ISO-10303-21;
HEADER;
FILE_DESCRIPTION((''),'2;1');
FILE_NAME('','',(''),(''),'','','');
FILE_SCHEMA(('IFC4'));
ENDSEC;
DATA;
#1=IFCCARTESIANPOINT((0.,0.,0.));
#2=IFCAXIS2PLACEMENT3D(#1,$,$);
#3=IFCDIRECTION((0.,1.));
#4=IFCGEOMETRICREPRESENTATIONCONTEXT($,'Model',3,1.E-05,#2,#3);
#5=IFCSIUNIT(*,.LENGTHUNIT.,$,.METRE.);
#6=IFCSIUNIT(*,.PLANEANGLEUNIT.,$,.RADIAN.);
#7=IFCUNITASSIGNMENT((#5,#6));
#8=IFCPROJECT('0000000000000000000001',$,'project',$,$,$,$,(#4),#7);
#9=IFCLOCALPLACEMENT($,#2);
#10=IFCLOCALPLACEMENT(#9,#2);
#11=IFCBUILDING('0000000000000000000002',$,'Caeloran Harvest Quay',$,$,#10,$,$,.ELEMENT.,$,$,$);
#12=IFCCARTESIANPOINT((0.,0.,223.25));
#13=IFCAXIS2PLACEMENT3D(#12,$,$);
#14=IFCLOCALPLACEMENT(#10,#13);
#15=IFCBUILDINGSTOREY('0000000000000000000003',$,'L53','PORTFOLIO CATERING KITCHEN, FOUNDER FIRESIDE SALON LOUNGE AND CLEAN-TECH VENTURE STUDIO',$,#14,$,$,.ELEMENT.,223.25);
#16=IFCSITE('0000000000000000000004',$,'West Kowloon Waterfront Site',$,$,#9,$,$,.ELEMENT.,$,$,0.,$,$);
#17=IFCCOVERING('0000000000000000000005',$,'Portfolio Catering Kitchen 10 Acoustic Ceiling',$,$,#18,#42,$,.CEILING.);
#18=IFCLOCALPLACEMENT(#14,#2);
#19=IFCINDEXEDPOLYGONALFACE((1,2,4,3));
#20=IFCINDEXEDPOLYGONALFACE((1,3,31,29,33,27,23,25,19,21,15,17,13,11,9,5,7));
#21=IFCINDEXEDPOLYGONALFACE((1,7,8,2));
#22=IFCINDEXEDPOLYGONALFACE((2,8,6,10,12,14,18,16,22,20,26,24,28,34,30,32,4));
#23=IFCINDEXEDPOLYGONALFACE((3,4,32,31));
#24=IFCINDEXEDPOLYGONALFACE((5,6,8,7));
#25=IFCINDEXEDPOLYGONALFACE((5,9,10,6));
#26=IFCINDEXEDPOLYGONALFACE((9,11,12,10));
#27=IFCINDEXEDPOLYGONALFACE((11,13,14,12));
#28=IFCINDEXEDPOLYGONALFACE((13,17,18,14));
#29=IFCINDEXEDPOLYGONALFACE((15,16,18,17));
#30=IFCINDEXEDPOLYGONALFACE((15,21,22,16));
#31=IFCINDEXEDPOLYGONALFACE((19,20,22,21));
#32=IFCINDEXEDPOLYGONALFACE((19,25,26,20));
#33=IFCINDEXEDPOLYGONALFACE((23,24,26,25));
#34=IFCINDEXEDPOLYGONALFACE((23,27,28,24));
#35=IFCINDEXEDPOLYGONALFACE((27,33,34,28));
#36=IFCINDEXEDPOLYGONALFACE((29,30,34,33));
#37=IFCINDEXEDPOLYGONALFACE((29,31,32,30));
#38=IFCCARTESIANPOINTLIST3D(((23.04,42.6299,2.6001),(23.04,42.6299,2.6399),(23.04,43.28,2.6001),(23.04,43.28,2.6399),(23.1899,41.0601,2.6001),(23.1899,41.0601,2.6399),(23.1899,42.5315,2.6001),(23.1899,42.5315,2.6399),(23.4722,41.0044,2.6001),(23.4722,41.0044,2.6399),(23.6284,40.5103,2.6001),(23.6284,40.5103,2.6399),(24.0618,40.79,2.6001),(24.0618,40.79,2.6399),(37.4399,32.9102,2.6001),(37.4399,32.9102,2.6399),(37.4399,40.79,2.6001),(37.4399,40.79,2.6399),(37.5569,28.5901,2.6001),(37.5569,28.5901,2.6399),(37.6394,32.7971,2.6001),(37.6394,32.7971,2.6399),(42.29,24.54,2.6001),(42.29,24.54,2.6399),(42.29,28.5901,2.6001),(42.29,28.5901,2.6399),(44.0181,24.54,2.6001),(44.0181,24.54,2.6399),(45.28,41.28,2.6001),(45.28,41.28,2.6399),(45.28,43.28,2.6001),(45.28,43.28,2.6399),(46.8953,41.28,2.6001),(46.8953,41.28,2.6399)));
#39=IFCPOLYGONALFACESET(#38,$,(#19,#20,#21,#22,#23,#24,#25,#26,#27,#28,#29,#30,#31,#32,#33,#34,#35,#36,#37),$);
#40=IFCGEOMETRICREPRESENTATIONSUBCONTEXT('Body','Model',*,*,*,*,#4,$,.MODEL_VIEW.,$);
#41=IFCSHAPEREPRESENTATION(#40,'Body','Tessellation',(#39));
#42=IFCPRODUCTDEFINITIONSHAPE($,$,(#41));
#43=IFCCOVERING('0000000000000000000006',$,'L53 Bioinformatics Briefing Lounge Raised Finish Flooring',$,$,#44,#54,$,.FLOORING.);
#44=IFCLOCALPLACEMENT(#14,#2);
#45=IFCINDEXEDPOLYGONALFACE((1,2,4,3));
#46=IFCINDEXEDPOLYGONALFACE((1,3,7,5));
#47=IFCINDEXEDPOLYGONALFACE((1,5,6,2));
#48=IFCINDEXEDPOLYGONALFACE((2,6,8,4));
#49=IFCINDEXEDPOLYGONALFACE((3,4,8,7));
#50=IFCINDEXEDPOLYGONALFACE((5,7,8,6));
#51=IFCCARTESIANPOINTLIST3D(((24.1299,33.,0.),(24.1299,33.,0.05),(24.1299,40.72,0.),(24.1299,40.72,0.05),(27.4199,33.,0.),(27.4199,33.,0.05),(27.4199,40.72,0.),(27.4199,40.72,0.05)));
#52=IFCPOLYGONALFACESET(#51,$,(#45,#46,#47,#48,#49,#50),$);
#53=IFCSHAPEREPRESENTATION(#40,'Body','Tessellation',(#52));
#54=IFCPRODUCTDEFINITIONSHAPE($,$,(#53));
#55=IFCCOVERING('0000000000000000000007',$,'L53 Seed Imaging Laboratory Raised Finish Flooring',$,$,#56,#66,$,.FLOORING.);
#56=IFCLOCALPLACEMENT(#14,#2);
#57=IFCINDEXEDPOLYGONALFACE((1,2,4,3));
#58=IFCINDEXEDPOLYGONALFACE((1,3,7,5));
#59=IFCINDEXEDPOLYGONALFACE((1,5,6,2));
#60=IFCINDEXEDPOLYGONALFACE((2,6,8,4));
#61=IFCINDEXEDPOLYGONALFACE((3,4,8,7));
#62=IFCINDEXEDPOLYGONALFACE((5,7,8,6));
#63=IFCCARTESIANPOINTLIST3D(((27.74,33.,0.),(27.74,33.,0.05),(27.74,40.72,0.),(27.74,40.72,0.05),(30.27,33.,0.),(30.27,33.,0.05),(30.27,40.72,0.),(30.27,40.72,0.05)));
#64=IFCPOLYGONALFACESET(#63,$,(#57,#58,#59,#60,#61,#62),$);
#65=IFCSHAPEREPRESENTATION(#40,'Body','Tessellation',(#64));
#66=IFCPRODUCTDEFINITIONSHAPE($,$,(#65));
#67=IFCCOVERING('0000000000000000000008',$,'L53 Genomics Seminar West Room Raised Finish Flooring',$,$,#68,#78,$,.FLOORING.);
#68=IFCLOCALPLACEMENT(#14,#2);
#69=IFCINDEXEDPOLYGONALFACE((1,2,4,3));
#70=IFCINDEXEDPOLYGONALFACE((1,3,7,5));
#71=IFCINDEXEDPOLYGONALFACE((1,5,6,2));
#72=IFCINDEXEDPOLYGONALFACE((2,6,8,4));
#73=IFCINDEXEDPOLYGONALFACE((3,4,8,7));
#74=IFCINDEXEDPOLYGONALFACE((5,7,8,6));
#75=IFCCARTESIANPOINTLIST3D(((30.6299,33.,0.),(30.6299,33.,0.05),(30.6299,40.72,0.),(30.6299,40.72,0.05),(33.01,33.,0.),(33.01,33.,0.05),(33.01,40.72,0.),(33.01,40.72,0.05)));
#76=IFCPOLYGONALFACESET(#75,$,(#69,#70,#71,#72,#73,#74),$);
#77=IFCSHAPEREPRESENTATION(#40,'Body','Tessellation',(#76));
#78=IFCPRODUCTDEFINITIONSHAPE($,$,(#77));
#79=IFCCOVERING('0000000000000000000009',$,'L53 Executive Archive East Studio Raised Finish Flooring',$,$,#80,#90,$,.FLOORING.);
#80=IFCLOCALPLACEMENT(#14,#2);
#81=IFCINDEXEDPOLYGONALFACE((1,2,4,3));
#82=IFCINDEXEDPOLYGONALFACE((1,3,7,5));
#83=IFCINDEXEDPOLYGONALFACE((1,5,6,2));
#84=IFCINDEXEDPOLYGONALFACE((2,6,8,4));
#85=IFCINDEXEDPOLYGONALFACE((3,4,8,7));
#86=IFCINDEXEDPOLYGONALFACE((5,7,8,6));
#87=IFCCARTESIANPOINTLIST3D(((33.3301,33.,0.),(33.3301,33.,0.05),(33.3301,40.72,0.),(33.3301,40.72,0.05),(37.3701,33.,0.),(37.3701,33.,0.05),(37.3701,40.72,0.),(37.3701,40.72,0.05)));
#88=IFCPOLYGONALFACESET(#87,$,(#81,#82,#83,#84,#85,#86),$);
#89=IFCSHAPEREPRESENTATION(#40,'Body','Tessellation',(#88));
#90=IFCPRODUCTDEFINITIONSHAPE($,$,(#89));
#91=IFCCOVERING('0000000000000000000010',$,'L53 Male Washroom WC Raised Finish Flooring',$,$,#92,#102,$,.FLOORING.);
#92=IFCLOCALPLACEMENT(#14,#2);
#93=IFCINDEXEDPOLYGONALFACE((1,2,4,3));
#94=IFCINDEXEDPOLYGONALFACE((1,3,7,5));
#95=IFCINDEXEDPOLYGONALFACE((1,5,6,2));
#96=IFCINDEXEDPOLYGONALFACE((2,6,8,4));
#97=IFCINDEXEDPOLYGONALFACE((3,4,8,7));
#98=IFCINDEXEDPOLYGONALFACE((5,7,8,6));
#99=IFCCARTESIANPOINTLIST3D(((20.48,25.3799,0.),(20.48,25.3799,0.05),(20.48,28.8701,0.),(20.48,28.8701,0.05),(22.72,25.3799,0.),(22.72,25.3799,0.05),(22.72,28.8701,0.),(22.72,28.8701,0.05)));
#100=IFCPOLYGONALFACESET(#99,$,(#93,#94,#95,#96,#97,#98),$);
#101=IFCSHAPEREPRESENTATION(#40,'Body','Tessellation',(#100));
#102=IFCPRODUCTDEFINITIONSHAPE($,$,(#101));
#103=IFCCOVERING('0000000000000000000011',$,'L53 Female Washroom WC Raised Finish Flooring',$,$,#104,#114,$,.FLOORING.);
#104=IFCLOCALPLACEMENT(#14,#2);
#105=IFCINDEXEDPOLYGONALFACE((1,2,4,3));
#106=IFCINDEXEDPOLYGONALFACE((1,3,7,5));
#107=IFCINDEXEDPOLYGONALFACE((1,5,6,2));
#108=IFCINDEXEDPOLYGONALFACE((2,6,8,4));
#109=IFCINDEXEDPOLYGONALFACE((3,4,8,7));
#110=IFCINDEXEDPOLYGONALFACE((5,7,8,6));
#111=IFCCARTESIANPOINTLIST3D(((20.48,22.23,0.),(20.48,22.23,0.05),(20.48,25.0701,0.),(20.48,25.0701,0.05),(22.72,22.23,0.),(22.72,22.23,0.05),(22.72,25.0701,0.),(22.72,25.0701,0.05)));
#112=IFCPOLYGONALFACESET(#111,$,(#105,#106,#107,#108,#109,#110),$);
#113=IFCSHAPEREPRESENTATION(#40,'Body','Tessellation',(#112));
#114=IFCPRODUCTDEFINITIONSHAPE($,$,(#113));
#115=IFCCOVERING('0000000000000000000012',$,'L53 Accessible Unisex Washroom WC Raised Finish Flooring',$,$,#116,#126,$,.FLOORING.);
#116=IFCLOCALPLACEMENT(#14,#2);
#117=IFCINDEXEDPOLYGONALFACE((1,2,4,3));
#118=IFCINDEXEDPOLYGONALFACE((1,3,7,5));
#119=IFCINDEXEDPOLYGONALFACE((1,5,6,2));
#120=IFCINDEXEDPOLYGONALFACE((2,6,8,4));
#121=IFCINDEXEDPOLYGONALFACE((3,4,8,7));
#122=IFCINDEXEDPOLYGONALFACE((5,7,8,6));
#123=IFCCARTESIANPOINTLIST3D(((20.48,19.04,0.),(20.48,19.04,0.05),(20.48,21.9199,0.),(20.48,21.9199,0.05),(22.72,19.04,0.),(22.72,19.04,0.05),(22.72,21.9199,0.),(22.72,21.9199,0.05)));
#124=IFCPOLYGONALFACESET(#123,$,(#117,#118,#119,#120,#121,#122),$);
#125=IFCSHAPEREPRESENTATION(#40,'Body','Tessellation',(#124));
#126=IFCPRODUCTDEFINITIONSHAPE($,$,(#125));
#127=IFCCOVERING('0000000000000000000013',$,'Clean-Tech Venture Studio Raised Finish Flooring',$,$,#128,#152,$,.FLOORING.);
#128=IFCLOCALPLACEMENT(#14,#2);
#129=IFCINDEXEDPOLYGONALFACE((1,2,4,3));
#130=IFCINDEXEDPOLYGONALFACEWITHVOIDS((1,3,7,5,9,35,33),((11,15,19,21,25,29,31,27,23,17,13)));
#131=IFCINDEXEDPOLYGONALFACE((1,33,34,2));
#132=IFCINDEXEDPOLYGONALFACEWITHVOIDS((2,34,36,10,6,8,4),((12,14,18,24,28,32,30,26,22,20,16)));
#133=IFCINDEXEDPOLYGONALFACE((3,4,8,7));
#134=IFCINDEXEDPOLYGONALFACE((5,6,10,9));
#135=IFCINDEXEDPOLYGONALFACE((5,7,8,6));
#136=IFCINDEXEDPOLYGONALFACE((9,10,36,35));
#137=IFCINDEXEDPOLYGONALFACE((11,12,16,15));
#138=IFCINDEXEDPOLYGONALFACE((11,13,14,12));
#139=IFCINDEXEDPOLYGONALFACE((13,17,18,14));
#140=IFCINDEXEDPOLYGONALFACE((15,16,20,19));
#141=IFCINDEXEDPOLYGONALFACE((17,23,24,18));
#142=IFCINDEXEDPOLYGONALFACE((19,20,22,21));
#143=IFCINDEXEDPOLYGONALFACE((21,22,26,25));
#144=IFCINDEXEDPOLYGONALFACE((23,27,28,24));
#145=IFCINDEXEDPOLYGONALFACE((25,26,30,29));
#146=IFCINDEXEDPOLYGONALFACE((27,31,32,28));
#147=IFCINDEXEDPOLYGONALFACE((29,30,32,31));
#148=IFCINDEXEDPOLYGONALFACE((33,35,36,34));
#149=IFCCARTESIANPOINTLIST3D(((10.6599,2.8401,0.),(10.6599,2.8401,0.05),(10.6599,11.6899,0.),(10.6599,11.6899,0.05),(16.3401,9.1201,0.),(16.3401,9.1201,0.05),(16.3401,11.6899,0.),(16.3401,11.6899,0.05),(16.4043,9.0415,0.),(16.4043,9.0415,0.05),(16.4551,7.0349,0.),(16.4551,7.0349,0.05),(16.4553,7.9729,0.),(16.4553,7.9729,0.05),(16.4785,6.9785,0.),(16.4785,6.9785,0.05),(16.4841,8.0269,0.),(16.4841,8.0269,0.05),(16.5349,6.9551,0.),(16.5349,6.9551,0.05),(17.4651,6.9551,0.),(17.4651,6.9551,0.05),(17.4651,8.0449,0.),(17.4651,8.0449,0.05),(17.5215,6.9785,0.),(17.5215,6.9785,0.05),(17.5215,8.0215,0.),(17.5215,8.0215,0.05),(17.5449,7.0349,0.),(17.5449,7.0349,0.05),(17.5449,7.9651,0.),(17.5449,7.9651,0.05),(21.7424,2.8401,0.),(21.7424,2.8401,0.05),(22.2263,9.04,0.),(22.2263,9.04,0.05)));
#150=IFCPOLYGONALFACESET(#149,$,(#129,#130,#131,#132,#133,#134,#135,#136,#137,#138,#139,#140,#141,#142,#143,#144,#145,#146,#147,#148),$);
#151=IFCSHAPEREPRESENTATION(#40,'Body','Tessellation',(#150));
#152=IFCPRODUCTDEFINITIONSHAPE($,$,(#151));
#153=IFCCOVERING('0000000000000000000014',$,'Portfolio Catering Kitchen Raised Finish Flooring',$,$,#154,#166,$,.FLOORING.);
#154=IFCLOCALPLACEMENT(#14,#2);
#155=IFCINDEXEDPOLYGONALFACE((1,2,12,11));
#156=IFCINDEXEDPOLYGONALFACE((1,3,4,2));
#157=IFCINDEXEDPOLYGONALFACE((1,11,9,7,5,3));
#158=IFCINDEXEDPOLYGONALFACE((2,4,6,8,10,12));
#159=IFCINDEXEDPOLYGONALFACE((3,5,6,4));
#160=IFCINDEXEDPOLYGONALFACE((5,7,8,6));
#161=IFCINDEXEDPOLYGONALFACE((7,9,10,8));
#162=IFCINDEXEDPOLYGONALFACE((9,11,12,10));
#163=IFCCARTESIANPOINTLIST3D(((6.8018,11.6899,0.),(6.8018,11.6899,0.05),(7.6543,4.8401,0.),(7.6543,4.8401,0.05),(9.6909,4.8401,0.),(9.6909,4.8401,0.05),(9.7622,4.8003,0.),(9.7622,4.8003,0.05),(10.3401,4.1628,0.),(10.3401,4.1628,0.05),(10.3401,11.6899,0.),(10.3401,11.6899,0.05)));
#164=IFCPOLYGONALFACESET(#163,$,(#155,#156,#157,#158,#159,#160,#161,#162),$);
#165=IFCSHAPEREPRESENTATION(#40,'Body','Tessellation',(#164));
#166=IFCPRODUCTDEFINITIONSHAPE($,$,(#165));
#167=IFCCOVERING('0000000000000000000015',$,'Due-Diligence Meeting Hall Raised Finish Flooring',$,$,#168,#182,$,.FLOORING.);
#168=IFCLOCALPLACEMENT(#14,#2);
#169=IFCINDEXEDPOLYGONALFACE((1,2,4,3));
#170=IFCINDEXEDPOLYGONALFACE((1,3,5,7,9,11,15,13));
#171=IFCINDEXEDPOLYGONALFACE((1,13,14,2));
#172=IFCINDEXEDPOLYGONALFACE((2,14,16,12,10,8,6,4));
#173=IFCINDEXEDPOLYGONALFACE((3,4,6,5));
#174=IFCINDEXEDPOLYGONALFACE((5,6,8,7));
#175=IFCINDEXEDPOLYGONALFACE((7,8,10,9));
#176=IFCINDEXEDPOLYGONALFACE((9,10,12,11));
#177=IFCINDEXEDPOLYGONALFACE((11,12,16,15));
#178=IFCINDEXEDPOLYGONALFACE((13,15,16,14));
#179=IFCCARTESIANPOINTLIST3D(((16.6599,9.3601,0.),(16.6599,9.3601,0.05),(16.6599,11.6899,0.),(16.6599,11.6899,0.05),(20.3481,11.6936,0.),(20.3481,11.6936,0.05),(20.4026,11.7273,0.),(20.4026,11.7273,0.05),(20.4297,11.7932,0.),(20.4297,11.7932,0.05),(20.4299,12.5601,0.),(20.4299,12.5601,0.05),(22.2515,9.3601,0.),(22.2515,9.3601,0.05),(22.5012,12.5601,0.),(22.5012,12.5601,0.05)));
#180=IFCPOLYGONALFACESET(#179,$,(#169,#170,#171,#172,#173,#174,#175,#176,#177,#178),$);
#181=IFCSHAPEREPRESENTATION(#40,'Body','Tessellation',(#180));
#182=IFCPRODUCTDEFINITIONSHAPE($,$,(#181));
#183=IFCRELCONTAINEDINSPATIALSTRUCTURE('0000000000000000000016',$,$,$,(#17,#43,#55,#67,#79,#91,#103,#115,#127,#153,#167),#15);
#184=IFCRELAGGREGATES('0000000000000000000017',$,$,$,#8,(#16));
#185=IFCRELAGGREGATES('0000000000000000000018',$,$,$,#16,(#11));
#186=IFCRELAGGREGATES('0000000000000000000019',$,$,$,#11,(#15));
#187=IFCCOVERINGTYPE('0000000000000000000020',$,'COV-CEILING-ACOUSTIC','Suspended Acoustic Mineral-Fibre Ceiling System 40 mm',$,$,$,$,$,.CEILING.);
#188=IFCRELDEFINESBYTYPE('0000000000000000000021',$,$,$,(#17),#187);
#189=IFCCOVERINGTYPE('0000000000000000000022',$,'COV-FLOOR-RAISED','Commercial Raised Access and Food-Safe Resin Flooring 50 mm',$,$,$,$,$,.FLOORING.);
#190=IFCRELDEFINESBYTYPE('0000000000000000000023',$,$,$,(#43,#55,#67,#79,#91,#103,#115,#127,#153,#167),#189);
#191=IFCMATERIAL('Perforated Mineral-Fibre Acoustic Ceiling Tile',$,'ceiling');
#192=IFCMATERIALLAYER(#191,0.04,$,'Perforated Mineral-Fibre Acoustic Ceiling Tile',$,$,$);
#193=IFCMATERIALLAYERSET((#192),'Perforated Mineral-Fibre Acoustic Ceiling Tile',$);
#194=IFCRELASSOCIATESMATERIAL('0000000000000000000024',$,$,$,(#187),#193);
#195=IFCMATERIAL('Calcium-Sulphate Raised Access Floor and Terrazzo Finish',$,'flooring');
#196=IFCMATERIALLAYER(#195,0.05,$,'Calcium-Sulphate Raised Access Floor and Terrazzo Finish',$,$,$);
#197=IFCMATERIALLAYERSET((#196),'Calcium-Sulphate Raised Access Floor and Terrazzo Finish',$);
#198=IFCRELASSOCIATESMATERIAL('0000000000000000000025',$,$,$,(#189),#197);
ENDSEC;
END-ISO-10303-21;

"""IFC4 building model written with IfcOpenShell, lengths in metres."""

from ifc_helpers import new_model, si_unit, direction, frame, origin, place, context, subcontext, project, spatial, polyline, outline, extrude, material, layer, layer_set, type_object, element, save


model = new_model("IFC4")

# Units and contexts
model_context = context("Model", 3, precision=1e-05, world=origin(), true_north=direction((0.0, 1.0)))
body_context = subcontext(model_context, "Body", "Model", "MODEL_VIEW")
ifc_project = project(units=[si_unit("LENGTHUNIT", "METRE"), si_unit("PLANEANGLEUNIT", "RADIAN")], contexts=[model_context])

# Site, building, storey
site_placement = place(None, origin())
site = spatial("IfcSite", under=ifc_project, at=site_placement, Name="West Kowloon Waterfront Site", CompositionType="ELEMENT", RefElevation=0.0)
building_placement = place(site_placement, origin())
building = spatial("IfcBuilding", under=site, at=building_placement, Name="Caeloran Harvest Quay", CompositionType="ELEMENT")
storey_placement = place(building_placement, frame((0.0, 0.0, 223.25)))
storey = spatial("IfcBuildingStorey", under=building, at=storey_placement, Name="L53", Description="PORTFOLIO CATERING KITCHEN, FOUNDER FIRESIDE SALON LOUNGE AND CLEAN-TECH VENTURE STUDIO", CompositionType="ELEMENT", Elevation=223.25)

# Coverings
ifc_material_1 = material(Name="Perforated Mineral-Fibre Acoustic Ceiling Tile", Category="ceiling")
ifc_layer_1 = layer(ifc_material_1, 0.04, Name="Perforated Mineral-Fibre Acoustic Ceiling Tile")
ifc_layer_set_1 = layer_set([ifc_layer_1], Name="Perforated Mineral-Fibre Acoustic Ceiling Tile")
covering_type_1 = type_object("IfcCoveringType", Name="COV-CEILING-ACOUSTIC", Description="Suspended Acoustic Mineral-Fibre Ceiling System 40 mm", PredefinedType="CEILING", material=ifc_layer_set_1)
covering_1_placement = place(storey_placement, frame((0.0, 0.0, 2.6001)))
element("IfcCovering", 1, at=covering_1_placement, inside=storey, type_object=covering_type_1, Name="Portfolio Catering Kitchen 10 Acoustic Ceiling", PredefinedType="CEILING", context=body_context, shape_type="SweptSolid", body=[
    extrude(outline(polyline([(44.0181, 24.54), (42.29, 24.54), (42.29, 28.5901), (37.5569, 28.5901), (37.6394, 32.7971), (37.4399, 32.9102), (37.4399, 40.79), (24.0618, 40.79), (23.6284, 40.5103), (23.4722, 41.0044), (23.1899, 41.0601), (23.1899, 42.5315), (23.04, 42.6299), (23.04, 43.28), (45.28, 43.28), (45.28, 41.28), (46.8953, 41.28), (44.0181, 24.54)])), origin(), (0.0, 0.0, 1.0), 0.0398),
])
ifc_material_2 = material(Name="Calcium-Sulphate Raised Access Floor and Terrazzo Finish", Category="flooring")
ifc_layer_2 = layer(ifc_material_2, 0.05, Name="Calcium-Sulphate Raised Access Floor and Terrazzo Finish")
ifc_layer_set_2 = layer_set([ifc_layer_2], Name="Calcium-Sulphate Raised Access Floor and Terrazzo Finish")
covering_type_2 = type_object("IfcCoveringType", Name="COV-FLOOR-RAISED", Description="Commercial Raised Access and Food-Safe Resin Flooring 50 mm", PredefinedType="FLOORING", material=ifc_layer_set_2)
covering_2_placement = place(storey_placement, origin())
element("IfcCovering", 2, at=covering_2_placement, inside=storey, type_object=covering_type_2, Name="L53 Bioinformatics Briefing Lounge Raised Finish Flooring", PredefinedType="FLOORING", context=body_context, shape_type="SweptSolid", body=[
    extrude(outline(polyline([(27.4199, 40.72), (27.4199, 33.0), (24.1299, 33.0), (24.1299, 40.72), (27.4199, 40.72)])), origin(), (0.0, 0.0, 1.0), 0.05),
])
covering_3_placement = place(storey_placement, origin())
element("IfcCovering", 3, at=covering_3_placement, inside=storey, type_object=covering_type_2, Name="L53 Seed Imaging Laboratory Raised Finish Flooring", PredefinedType="FLOORING", context=body_context, shape_type="SweptSolid", body=[
    extrude(outline(polyline([(30.27, 40.72), (30.27, 33.0), (27.74, 33.0), (27.74, 40.72), (30.27, 40.72)])), origin(), (0.0, 0.0, 1.0), 0.05),
])
covering_4_placement = place(storey_placement, origin())
element("IfcCovering", 4, at=covering_4_placement, inside=storey, type_object=covering_type_2, Name="L53 Genomics Seminar West Room Raised Finish Flooring", PredefinedType="FLOORING", context=body_context, shape_type="SweptSolid", body=[
    extrude(outline(polyline([(33.01, 40.72), (33.01, 33.0), (30.6299, 33.0), (30.6299, 40.72), (33.01, 40.72)])), origin(), (0.0, 0.0, 1.0), 0.05),
])
covering_5_placement = place(storey_placement, origin())
element("IfcCovering", 5, at=covering_5_placement, inside=storey, type_object=covering_type_2, Name="L53 Executive Archive East Studio Raised Finish Flooring", PredefinedType="FLOORING", context=body_context, shape_type="SweptSolid", body=[
    extrude(outline(polyline([(37.3701, 40.72), (37.3701, 33.0), (33.3301, 33.0), (33.3301, 40.72), (37.3701, 40.72)])), origin(), (0.0, 0.0, 1.0), 0.05),
])
covering_6_placement = place(storey_placement, origin())
element("IfcCovering", 6, at=covering_6_placement, inside=storey, type_object=covering_type_2, Name="L53 Male Washroom WC Raised Finish Flooring", PredefinedType="FLOORING", context=body_context, shape_type="SweptSolid", body=[
    extrude(outline(polyline([(22.72, 28.8701), (22.72, 25.3799), (20.48, 25.3799), (20.48, 28.8701), (22.72, 28.8701)])), origin(), (0.0, 0.0, 1.0), 0.05),
])
covering_7_placement = place(storey_placement, origin())
element("IfcCovering", 7, at=covering_7_placement, inside=storey, type_object=covering_type_2, Name="L53 Female Washroom WC Raised Finish Flooring", PredefinedType="FLOORING", context=body_context, shape_type="SweptSolid", body=[
    extrude(outline(polyline([(22.72, 25.0701), (22.72, 22.23), (20.48, 22.23), (20.48, 25.0701), (22.72, 25.0701)])), origin(), (0.0, 0.0, 1.0), 0.05),
])
covering_8_placement = place(storey_placement, origin())
element("IfcCovering", 8, at=covering_8_placement, inside=storey, type_object=covering_type_2, Name="L53 Accessible Unisex Washroom WC Raised Finish Flooring", PredefinedType="FLOORING", context=body_context, shape_type="SweptSolid", body=[
    extrude(outline(polyline([(22.72, 21.9199), (22.72, 19.04), (20.48, 19.04), (20.48, 21.9199), (22.72, 21.9199)])), origin(), (0.0, 0.0, 1.0), 0.05),
])
covering_9_placement = place(storey_placement, origin())
element("IfcCovering", 9, at=covering_9_placement, inside=storey, type_object=covering_type_2, Name="Clean-Tech Venture Studio Raised Finish Flooring", PredefinedType="FLOORING", context=body_context, shape_type="SweptSolid", body=[
    extrude(outline(polyline([(10.6599, 11.6899), (16.3401, 11.6899), (16.3401, 9.1201), (16.4043, 9.0415), (22.2263, 9.04), (21.7424, 2.8401), (10.6599, 2.8401), (10.6599, 11.6899)]), holes=[polyline([(17.4651, 8.0449), (16.4841, 8.0269), (16.4553, 7.9729), (16.4551, 7.0349), (16.4785, 6.9785), (16.5349, 6.9551), (17.4651, 6.9551), (17.5215, 6.9785), (17.5449, 7.0349), (17.5449, 7.9651), (17.5215, 8.0215), (17.4651, 8.0449)])]), origin(), (0.0, 0.0, 1.0), 0.05),
])
covering_10_placement = place(storey_placement, origin())
element("IfcCovering", 10, at=covering_10_placement, inside=storey, type_object=covering_type_2, Name="Portfolio Catering Kitchen Raised Finish Flooring", PredefinedType="FLOORING", context=body_context, shape_type="SweptSolid", body=[
    extrude(outline(polyline([(9.7622, 4.8003), (9.6909, 4.8401), (7.6543, 4.8401), (6.8018, 11.6899), (10.3401, 11.6899), (10.3401, 4.1628), (9.7622, 4.8003)])), origin(), (0.0, 0.0, 1.0), 0.05),
])
covering_11_placement = place(storey_placement, origin())
element("IfcCovering", 11, at=covering_11_placement, inside=storey, type_object=covering_type_2, Name="Due-Diligence Meeting Hall Raised Finish Flooring", PredefinedType="FLOORING", context=body_context, shape_type="SweptSolid", body=[
    extrude(outline(polyline([(20.3481, 11.6936), (20.4026, 11.7273), (20.4297, 11.7932), (20.4299, 12.5601), (22.5012, 12.5601), (22.2515, 9.3601), (16.6599, 9.3601), (16.6599, 11.6899), (20.3481, 11.6936)])), origin(), (0.0, 0.0, 1.0), 0.05),
])

save(model, "model.ifc")
